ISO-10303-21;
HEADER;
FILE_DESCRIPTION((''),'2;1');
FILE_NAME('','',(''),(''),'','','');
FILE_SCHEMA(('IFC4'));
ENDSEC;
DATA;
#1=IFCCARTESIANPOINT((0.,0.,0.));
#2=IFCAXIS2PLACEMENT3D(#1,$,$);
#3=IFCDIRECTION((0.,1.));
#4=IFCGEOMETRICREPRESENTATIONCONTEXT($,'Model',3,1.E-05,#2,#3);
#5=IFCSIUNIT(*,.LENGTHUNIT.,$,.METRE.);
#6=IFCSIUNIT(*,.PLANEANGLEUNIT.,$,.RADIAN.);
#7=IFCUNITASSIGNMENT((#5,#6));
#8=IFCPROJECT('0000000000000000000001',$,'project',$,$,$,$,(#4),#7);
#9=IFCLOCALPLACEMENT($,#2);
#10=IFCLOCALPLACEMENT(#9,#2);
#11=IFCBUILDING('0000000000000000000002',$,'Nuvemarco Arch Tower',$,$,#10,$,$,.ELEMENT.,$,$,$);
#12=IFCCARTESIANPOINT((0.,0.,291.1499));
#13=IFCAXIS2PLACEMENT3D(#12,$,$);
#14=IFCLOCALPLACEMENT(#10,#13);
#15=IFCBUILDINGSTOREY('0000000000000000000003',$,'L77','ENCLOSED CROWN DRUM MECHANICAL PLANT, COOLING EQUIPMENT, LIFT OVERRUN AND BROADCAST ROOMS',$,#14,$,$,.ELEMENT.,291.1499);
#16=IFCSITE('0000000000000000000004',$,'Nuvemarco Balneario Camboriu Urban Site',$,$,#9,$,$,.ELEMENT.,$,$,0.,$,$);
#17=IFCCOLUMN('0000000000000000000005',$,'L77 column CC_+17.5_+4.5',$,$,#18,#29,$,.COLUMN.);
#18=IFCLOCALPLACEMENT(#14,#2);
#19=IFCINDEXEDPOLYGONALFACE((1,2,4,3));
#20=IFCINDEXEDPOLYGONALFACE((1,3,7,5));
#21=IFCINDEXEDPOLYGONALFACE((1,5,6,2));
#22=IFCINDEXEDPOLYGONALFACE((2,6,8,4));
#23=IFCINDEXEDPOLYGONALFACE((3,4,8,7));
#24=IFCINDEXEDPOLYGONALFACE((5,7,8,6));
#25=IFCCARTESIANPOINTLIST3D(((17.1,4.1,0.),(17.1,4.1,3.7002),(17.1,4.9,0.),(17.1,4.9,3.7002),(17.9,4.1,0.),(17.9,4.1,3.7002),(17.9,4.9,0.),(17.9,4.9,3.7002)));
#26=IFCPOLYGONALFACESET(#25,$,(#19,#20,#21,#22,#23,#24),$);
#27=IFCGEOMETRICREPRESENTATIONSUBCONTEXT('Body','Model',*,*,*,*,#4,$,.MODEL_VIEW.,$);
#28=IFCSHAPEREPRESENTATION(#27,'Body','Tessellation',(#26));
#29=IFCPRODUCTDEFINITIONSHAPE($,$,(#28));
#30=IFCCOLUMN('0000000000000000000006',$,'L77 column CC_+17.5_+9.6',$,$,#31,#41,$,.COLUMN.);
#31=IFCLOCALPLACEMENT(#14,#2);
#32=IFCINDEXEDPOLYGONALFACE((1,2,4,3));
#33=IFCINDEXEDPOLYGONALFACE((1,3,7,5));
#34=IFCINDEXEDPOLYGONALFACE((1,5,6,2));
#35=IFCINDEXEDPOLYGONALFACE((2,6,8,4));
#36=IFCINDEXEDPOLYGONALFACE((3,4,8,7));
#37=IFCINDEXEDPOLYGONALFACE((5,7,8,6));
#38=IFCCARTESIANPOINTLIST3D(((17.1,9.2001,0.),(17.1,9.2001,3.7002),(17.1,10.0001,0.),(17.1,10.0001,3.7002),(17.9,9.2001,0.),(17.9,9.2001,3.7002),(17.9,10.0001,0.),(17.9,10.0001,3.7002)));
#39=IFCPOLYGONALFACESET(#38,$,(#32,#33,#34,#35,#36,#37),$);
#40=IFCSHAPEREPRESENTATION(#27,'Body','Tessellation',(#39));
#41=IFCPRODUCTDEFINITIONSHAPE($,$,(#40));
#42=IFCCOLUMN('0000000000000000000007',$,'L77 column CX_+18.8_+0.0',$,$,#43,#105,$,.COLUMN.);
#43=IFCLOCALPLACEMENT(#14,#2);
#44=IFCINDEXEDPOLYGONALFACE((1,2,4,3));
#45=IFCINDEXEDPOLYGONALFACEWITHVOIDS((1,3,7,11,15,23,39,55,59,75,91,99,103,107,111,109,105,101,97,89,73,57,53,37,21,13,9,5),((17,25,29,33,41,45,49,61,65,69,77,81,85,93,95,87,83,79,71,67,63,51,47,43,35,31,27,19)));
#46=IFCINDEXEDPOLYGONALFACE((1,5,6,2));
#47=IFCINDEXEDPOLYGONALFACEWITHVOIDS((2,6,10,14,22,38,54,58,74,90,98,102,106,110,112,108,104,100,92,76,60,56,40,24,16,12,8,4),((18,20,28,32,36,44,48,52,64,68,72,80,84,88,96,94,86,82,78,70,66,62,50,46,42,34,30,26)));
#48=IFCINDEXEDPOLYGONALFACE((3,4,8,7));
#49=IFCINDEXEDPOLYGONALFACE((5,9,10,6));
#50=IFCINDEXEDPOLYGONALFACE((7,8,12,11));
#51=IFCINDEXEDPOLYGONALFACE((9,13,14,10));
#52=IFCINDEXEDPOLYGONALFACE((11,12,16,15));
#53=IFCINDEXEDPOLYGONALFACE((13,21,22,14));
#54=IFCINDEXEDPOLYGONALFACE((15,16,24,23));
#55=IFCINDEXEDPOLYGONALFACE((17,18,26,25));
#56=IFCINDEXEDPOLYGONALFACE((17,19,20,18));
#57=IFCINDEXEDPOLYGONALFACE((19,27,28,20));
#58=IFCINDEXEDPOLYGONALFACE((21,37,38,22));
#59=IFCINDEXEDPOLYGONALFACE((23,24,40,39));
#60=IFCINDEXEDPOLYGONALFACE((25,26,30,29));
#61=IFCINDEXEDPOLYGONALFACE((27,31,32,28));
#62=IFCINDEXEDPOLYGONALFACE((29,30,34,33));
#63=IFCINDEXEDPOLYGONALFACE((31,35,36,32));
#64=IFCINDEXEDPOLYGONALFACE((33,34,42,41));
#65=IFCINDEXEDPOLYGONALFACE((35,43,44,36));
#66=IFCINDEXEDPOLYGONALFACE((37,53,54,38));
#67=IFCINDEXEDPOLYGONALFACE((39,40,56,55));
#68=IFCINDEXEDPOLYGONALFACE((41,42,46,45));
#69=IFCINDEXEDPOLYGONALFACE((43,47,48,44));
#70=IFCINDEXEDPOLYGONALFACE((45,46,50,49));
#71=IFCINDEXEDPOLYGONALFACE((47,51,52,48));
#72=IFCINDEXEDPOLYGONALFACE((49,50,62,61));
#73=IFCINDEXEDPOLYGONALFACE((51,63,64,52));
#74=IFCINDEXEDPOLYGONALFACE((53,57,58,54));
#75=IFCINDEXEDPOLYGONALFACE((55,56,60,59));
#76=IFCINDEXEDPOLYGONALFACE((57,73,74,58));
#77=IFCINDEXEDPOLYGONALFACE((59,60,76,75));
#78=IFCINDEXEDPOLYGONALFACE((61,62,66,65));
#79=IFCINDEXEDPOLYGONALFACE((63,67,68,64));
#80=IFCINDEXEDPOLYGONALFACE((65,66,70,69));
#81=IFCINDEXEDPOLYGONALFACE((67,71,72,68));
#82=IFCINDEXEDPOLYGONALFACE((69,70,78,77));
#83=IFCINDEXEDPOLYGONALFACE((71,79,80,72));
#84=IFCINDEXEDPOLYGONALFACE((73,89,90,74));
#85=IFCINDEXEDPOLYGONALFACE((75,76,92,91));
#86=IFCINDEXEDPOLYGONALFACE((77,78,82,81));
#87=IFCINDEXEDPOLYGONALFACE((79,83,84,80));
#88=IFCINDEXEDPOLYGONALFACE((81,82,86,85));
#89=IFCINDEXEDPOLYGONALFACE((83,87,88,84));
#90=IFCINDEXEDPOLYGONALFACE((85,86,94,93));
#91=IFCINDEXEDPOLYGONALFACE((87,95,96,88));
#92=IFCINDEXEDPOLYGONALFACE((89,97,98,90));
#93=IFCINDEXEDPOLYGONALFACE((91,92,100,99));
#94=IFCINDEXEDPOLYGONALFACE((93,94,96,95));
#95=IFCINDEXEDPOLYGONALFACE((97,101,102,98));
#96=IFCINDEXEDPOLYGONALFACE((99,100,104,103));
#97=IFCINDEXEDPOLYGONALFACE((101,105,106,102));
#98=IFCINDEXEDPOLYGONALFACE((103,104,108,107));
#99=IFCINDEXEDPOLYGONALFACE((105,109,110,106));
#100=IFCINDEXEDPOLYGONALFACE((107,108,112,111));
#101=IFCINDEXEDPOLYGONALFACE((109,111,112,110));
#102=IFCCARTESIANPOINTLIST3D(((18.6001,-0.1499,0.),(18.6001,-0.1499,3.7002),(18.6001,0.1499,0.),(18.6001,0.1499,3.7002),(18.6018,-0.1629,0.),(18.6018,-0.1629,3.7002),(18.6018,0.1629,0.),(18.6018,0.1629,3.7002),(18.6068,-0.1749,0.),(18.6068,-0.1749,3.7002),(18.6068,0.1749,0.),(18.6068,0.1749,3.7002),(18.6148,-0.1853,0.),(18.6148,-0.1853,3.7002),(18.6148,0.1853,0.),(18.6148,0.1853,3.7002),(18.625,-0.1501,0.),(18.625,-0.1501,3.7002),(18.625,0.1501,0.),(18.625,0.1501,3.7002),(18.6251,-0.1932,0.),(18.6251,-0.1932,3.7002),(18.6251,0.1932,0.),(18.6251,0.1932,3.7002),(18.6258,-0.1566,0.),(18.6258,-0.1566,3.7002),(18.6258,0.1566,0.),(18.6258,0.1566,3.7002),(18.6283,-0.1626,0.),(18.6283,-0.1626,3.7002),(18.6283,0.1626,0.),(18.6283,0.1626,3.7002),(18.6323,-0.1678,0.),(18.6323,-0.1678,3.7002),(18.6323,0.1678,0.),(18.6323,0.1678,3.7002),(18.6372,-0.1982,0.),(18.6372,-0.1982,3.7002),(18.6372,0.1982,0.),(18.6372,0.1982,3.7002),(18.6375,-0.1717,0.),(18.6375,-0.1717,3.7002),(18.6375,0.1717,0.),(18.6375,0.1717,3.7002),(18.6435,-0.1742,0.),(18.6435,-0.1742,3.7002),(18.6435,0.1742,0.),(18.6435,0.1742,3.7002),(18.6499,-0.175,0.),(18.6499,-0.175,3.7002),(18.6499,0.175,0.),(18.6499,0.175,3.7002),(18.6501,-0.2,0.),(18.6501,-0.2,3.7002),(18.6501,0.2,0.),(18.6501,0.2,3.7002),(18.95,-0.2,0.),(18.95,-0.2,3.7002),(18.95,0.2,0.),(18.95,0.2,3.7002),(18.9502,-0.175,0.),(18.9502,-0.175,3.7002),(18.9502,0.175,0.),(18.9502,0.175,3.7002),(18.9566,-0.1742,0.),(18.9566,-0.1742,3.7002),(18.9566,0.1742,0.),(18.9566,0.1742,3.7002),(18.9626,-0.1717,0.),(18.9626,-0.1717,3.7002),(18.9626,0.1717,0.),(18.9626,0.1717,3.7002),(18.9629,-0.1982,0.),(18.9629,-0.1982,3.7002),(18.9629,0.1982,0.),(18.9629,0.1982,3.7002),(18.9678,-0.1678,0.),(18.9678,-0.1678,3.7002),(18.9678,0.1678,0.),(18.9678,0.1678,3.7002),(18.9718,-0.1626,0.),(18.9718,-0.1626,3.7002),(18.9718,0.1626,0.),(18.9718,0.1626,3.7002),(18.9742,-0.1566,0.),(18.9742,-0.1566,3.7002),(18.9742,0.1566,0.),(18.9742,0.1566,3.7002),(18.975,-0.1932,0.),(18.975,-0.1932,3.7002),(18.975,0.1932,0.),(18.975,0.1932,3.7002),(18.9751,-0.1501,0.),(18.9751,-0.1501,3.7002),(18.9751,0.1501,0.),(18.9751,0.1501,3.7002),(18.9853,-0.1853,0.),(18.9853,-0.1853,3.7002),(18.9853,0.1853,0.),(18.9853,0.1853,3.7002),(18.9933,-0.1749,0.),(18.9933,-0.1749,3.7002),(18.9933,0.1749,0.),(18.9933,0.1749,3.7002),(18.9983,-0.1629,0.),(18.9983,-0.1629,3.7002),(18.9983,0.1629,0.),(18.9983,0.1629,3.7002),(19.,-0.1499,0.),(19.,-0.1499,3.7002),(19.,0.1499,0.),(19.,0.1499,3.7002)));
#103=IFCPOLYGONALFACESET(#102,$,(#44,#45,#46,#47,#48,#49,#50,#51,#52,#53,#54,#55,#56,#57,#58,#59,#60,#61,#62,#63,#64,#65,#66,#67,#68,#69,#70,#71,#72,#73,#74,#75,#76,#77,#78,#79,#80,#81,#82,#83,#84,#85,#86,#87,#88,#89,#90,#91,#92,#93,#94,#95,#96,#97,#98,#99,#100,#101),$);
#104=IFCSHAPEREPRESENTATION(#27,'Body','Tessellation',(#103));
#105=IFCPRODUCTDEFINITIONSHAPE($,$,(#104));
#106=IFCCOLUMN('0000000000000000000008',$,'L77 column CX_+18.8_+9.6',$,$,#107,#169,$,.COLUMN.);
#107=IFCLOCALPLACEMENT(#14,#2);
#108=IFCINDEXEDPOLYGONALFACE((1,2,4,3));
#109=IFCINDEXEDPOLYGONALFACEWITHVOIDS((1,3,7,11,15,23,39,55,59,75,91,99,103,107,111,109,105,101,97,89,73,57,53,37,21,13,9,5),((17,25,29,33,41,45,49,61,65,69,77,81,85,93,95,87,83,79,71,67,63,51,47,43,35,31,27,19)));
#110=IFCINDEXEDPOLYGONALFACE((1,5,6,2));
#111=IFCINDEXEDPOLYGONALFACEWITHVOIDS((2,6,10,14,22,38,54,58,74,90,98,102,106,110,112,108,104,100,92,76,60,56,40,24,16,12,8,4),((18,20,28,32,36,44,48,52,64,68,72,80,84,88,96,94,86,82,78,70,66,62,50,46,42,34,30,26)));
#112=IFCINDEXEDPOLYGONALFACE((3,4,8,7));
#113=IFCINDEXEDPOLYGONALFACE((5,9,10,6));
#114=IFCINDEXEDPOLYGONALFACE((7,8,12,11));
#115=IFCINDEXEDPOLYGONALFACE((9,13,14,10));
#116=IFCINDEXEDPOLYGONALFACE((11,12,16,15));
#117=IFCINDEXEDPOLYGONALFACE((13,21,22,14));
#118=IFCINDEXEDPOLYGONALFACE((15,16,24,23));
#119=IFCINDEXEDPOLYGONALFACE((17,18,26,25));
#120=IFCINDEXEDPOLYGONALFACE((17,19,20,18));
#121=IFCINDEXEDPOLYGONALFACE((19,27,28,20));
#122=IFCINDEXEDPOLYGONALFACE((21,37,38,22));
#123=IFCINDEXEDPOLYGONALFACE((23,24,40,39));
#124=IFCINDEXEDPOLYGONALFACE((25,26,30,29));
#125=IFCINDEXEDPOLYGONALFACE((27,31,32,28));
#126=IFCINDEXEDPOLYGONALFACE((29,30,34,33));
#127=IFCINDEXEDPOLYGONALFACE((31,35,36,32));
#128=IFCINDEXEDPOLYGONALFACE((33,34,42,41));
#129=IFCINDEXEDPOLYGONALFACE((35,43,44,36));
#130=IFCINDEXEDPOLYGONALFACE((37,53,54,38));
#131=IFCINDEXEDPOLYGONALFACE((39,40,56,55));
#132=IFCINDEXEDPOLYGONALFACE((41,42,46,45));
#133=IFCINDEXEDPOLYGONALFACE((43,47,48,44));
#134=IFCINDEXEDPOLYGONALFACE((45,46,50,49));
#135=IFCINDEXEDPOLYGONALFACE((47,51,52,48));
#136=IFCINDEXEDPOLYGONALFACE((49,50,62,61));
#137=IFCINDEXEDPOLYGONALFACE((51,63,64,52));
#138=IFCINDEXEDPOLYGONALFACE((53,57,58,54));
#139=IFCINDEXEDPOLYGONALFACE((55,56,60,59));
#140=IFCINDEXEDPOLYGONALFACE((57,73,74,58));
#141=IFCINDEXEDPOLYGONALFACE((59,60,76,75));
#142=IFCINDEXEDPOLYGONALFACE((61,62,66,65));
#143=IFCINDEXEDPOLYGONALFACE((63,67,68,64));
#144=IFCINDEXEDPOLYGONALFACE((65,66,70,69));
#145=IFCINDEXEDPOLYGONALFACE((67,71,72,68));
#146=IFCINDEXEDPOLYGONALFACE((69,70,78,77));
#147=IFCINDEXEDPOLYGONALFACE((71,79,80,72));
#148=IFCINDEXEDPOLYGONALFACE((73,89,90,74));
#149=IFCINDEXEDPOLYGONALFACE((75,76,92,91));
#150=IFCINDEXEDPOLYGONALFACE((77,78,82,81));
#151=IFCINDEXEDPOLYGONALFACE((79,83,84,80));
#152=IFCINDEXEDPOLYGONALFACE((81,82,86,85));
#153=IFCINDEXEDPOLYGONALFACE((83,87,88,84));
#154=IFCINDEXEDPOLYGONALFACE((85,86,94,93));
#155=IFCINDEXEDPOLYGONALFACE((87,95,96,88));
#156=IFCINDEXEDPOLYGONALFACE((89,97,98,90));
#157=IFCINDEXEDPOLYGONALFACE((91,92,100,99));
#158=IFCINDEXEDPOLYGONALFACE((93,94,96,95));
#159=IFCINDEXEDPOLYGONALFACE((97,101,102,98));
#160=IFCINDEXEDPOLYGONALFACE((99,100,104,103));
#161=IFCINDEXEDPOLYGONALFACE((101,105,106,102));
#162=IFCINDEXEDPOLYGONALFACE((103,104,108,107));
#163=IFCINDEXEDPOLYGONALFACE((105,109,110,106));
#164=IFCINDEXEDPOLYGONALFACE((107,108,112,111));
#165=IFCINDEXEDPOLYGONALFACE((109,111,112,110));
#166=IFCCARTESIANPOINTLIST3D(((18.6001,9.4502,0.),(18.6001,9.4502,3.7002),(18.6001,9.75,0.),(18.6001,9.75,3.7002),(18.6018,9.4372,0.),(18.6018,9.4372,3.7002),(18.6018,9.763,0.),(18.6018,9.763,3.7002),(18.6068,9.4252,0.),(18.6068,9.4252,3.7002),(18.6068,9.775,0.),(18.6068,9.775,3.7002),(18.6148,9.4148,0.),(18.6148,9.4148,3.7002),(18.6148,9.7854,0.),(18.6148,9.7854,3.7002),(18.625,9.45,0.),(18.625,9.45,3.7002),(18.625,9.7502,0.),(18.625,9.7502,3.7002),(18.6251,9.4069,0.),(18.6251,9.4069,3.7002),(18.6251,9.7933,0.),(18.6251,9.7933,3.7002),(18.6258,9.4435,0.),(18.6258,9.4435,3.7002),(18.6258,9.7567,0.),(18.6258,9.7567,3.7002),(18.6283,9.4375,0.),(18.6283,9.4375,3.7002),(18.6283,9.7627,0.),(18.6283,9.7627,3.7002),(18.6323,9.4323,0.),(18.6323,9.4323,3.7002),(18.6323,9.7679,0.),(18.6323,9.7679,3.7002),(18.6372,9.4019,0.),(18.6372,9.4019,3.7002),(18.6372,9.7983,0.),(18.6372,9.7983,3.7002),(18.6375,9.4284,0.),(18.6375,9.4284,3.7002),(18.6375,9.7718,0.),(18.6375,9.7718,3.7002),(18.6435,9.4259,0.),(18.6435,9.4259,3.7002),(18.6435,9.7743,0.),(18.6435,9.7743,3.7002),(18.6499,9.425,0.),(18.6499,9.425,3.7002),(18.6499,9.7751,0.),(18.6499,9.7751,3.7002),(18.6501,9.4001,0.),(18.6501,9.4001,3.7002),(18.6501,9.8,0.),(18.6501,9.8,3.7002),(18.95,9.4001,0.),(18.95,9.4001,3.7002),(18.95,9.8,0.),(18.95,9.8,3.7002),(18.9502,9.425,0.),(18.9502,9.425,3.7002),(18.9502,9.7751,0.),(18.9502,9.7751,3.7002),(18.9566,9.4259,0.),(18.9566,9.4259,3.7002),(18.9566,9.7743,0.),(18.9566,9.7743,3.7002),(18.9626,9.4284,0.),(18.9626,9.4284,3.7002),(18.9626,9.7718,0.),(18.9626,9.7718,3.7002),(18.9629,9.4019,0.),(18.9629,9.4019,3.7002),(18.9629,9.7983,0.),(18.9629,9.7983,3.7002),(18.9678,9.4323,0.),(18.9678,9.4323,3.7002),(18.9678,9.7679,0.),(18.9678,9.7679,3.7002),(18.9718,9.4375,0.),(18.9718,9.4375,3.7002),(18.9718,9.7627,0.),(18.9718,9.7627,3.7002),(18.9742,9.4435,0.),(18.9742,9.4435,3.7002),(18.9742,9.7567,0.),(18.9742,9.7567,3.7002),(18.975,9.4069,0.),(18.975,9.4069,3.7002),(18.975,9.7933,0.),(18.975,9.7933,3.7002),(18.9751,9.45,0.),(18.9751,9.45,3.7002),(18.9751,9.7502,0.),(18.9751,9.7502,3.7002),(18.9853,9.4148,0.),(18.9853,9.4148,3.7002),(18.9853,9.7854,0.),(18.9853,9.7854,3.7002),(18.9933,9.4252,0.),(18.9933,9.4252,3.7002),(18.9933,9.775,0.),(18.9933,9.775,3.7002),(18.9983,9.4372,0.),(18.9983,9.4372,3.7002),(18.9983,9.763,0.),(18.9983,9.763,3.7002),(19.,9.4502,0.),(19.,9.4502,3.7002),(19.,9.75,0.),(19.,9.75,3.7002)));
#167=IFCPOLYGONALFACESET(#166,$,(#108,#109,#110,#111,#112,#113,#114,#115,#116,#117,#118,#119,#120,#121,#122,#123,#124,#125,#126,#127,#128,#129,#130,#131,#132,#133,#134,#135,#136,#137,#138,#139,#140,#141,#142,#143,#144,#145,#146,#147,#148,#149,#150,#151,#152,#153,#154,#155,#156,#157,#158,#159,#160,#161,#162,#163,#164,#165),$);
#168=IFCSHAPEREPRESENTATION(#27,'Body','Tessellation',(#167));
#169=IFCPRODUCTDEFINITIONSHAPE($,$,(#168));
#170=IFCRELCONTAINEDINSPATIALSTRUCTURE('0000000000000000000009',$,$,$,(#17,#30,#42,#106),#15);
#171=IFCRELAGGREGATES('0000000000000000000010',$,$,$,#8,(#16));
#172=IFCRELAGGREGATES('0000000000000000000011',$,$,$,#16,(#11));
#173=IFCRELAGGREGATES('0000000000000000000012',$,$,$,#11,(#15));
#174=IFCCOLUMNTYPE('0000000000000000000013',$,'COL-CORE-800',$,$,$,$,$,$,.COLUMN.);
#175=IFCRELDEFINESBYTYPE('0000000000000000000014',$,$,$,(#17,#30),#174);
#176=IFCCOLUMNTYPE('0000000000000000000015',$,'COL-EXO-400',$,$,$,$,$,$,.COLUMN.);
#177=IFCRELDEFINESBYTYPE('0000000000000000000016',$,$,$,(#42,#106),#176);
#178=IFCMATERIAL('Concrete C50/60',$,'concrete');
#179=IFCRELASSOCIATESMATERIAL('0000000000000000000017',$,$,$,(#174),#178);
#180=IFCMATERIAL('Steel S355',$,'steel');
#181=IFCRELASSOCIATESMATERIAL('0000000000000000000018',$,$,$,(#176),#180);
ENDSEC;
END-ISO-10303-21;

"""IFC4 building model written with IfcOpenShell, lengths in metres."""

from ifc_helpers import new_model, si_unit, direction, frame, origin, origin_2d, place, context, subcontext, project, spatial, rectangle, hollow_rectangle, extrude, material, material_profile, profile_set, type_object, element, save


model = new_model("IFC4")

# Units and contexts
model_context = context("Model", 3, precision=1e-05, world=origin(), true_north=direction((0.0, 1.0)))
body_context = subcontext(model_context, "Body", "Model", "MODEL_VIEW")
ifc_project = project(units=[si_unit("LENGTHUNIT", "METRE"), si_unit("PLANEANGLEUNIT", "RADIAN")], contexts=[model_context])

# Site, building, storey
site_placement = place(None, origin())
site = spatial("IfcSite", under=ifc_project, at=site_placement, Name="Nuvemarco Balneario Camboriu Urban Site", CompositionType="ELEMENT", RefElevation=0.0)
building_placement = place(site_placement, origin())
building = spatial("IfcBuilding", under=site, at=building_placement, Name="Nuvemarco Arch Tower", CompositionType="ELEMENT")
storey_placement = place(building_placement, frame((0.0, 0.0, 291.1499)))
storey = spatial("IfcBuildingStorey", under=building, at=storey_placement, Name="L77", Description="ENCLOSED CROWN DRUM MECHANICAL PLANT, COOLING EQUIPMENT, LIFT OVERRUN AND BROADCAST ROOMS", CompositionType="ELEMENT", Elevation=291.1499)

# Columns
ifc_material_1 = material(Name="Concrete C50/60", Category="concrete")
ifc_material_profile_1 = material_profile(ifc_material_1, rectangle(XDim=0.8, YDim=0.8, at=origin_2d()), Name="RC-COL-800x800")
ifc_profile_set_1 = profile_set([ifc_material_profile_1], Name="Concrete C50/60")
column_type_1 = type_object("IfcColumnType", Name="COL-CORE-800", PredefinedType="COLUMN", material=ifc_profile_set_1)
for number, where, z_axis, x_axis, name in (
    (1, (17.5, 4.5, 0.0), (0.0, 0.0, 1.0), (1.0, 0.0, 0.0), "L77 column CC_+17.5_+4.5"),
    (2, (17.5, 9.6001, 0.0), (0.0, 0.0, 1.0), (1.0, 0.0, 0.0), "L77 column CC_+17.5_+9.6"),
):
    element("IfcColumn", number, at=place(storey_placement, frame(where, z_axis=z_axis, x_axis=x_axis)), inside=storey, type_object=column_type_1, Name=name, PredefinedType="COLUMN", context=body_context, shape_type="SweptSolid", body=[
        extrude(rectangle(XDim=0.8, YDim=0.8, at=origin_2d()), origin(), (0.0, 0.0, 1.0), 3.7002),
    ])
ifc_material_2 = material(Name="Steel S355", Category="steel")
ifc_material_profile_2 = material_profile(ifc_material_2, hollow_rectangle(XDim=0.3999, YDim=0.3999, WallThickness=0.0249, InnerFilletRadius=0.0249, OuterFilletRadius=0.05, at=origin_2d()), Name="SHS400x400x25")
ifc_profile_set_2 = profile_set([ifc_material_profile_2], Name="Steel S355")
column_type_2 = type_object("IfcColumnType", Name="COL-EXO-400", PredefinedType="COLUMN", material=ifc_profile_set_2)
for number, where, z_axis, x_axis, name in (
    (3, (18.8, 0.0, 0.0), (0.0, 0.0, 1.0), (1.0, 0.0, 0.0), "L77 column CX_+18.8_+0.0"),
    (4, (18.8, 9.6001, 0.0), (0.0, 0.0, 1.0), (1.0, 0.0, 0.0), "L77 column CX_+18.8_+9.6"),
):
    element("IfcColumn", number, at=place(storey_placement, frame(where, z_axis=z_axis, x_axis=x_axis)), inside=storey, type_object=column_type_2, Name=name, PredefinedType="COLUMN", context=body_context, shape_type="SweptSolid", body=[
        extrude(hollow_rectangle(XDim=0.3999, YDim=0.3999, WallThickness=0.0249, InnerFilletRadius=0.0249, OuterFilletRadius=0.05, at=origin_2d()), origin(), (0.0, 0.0, 1.0), 3.7002),
    ])

save(model, "model.ifc")
